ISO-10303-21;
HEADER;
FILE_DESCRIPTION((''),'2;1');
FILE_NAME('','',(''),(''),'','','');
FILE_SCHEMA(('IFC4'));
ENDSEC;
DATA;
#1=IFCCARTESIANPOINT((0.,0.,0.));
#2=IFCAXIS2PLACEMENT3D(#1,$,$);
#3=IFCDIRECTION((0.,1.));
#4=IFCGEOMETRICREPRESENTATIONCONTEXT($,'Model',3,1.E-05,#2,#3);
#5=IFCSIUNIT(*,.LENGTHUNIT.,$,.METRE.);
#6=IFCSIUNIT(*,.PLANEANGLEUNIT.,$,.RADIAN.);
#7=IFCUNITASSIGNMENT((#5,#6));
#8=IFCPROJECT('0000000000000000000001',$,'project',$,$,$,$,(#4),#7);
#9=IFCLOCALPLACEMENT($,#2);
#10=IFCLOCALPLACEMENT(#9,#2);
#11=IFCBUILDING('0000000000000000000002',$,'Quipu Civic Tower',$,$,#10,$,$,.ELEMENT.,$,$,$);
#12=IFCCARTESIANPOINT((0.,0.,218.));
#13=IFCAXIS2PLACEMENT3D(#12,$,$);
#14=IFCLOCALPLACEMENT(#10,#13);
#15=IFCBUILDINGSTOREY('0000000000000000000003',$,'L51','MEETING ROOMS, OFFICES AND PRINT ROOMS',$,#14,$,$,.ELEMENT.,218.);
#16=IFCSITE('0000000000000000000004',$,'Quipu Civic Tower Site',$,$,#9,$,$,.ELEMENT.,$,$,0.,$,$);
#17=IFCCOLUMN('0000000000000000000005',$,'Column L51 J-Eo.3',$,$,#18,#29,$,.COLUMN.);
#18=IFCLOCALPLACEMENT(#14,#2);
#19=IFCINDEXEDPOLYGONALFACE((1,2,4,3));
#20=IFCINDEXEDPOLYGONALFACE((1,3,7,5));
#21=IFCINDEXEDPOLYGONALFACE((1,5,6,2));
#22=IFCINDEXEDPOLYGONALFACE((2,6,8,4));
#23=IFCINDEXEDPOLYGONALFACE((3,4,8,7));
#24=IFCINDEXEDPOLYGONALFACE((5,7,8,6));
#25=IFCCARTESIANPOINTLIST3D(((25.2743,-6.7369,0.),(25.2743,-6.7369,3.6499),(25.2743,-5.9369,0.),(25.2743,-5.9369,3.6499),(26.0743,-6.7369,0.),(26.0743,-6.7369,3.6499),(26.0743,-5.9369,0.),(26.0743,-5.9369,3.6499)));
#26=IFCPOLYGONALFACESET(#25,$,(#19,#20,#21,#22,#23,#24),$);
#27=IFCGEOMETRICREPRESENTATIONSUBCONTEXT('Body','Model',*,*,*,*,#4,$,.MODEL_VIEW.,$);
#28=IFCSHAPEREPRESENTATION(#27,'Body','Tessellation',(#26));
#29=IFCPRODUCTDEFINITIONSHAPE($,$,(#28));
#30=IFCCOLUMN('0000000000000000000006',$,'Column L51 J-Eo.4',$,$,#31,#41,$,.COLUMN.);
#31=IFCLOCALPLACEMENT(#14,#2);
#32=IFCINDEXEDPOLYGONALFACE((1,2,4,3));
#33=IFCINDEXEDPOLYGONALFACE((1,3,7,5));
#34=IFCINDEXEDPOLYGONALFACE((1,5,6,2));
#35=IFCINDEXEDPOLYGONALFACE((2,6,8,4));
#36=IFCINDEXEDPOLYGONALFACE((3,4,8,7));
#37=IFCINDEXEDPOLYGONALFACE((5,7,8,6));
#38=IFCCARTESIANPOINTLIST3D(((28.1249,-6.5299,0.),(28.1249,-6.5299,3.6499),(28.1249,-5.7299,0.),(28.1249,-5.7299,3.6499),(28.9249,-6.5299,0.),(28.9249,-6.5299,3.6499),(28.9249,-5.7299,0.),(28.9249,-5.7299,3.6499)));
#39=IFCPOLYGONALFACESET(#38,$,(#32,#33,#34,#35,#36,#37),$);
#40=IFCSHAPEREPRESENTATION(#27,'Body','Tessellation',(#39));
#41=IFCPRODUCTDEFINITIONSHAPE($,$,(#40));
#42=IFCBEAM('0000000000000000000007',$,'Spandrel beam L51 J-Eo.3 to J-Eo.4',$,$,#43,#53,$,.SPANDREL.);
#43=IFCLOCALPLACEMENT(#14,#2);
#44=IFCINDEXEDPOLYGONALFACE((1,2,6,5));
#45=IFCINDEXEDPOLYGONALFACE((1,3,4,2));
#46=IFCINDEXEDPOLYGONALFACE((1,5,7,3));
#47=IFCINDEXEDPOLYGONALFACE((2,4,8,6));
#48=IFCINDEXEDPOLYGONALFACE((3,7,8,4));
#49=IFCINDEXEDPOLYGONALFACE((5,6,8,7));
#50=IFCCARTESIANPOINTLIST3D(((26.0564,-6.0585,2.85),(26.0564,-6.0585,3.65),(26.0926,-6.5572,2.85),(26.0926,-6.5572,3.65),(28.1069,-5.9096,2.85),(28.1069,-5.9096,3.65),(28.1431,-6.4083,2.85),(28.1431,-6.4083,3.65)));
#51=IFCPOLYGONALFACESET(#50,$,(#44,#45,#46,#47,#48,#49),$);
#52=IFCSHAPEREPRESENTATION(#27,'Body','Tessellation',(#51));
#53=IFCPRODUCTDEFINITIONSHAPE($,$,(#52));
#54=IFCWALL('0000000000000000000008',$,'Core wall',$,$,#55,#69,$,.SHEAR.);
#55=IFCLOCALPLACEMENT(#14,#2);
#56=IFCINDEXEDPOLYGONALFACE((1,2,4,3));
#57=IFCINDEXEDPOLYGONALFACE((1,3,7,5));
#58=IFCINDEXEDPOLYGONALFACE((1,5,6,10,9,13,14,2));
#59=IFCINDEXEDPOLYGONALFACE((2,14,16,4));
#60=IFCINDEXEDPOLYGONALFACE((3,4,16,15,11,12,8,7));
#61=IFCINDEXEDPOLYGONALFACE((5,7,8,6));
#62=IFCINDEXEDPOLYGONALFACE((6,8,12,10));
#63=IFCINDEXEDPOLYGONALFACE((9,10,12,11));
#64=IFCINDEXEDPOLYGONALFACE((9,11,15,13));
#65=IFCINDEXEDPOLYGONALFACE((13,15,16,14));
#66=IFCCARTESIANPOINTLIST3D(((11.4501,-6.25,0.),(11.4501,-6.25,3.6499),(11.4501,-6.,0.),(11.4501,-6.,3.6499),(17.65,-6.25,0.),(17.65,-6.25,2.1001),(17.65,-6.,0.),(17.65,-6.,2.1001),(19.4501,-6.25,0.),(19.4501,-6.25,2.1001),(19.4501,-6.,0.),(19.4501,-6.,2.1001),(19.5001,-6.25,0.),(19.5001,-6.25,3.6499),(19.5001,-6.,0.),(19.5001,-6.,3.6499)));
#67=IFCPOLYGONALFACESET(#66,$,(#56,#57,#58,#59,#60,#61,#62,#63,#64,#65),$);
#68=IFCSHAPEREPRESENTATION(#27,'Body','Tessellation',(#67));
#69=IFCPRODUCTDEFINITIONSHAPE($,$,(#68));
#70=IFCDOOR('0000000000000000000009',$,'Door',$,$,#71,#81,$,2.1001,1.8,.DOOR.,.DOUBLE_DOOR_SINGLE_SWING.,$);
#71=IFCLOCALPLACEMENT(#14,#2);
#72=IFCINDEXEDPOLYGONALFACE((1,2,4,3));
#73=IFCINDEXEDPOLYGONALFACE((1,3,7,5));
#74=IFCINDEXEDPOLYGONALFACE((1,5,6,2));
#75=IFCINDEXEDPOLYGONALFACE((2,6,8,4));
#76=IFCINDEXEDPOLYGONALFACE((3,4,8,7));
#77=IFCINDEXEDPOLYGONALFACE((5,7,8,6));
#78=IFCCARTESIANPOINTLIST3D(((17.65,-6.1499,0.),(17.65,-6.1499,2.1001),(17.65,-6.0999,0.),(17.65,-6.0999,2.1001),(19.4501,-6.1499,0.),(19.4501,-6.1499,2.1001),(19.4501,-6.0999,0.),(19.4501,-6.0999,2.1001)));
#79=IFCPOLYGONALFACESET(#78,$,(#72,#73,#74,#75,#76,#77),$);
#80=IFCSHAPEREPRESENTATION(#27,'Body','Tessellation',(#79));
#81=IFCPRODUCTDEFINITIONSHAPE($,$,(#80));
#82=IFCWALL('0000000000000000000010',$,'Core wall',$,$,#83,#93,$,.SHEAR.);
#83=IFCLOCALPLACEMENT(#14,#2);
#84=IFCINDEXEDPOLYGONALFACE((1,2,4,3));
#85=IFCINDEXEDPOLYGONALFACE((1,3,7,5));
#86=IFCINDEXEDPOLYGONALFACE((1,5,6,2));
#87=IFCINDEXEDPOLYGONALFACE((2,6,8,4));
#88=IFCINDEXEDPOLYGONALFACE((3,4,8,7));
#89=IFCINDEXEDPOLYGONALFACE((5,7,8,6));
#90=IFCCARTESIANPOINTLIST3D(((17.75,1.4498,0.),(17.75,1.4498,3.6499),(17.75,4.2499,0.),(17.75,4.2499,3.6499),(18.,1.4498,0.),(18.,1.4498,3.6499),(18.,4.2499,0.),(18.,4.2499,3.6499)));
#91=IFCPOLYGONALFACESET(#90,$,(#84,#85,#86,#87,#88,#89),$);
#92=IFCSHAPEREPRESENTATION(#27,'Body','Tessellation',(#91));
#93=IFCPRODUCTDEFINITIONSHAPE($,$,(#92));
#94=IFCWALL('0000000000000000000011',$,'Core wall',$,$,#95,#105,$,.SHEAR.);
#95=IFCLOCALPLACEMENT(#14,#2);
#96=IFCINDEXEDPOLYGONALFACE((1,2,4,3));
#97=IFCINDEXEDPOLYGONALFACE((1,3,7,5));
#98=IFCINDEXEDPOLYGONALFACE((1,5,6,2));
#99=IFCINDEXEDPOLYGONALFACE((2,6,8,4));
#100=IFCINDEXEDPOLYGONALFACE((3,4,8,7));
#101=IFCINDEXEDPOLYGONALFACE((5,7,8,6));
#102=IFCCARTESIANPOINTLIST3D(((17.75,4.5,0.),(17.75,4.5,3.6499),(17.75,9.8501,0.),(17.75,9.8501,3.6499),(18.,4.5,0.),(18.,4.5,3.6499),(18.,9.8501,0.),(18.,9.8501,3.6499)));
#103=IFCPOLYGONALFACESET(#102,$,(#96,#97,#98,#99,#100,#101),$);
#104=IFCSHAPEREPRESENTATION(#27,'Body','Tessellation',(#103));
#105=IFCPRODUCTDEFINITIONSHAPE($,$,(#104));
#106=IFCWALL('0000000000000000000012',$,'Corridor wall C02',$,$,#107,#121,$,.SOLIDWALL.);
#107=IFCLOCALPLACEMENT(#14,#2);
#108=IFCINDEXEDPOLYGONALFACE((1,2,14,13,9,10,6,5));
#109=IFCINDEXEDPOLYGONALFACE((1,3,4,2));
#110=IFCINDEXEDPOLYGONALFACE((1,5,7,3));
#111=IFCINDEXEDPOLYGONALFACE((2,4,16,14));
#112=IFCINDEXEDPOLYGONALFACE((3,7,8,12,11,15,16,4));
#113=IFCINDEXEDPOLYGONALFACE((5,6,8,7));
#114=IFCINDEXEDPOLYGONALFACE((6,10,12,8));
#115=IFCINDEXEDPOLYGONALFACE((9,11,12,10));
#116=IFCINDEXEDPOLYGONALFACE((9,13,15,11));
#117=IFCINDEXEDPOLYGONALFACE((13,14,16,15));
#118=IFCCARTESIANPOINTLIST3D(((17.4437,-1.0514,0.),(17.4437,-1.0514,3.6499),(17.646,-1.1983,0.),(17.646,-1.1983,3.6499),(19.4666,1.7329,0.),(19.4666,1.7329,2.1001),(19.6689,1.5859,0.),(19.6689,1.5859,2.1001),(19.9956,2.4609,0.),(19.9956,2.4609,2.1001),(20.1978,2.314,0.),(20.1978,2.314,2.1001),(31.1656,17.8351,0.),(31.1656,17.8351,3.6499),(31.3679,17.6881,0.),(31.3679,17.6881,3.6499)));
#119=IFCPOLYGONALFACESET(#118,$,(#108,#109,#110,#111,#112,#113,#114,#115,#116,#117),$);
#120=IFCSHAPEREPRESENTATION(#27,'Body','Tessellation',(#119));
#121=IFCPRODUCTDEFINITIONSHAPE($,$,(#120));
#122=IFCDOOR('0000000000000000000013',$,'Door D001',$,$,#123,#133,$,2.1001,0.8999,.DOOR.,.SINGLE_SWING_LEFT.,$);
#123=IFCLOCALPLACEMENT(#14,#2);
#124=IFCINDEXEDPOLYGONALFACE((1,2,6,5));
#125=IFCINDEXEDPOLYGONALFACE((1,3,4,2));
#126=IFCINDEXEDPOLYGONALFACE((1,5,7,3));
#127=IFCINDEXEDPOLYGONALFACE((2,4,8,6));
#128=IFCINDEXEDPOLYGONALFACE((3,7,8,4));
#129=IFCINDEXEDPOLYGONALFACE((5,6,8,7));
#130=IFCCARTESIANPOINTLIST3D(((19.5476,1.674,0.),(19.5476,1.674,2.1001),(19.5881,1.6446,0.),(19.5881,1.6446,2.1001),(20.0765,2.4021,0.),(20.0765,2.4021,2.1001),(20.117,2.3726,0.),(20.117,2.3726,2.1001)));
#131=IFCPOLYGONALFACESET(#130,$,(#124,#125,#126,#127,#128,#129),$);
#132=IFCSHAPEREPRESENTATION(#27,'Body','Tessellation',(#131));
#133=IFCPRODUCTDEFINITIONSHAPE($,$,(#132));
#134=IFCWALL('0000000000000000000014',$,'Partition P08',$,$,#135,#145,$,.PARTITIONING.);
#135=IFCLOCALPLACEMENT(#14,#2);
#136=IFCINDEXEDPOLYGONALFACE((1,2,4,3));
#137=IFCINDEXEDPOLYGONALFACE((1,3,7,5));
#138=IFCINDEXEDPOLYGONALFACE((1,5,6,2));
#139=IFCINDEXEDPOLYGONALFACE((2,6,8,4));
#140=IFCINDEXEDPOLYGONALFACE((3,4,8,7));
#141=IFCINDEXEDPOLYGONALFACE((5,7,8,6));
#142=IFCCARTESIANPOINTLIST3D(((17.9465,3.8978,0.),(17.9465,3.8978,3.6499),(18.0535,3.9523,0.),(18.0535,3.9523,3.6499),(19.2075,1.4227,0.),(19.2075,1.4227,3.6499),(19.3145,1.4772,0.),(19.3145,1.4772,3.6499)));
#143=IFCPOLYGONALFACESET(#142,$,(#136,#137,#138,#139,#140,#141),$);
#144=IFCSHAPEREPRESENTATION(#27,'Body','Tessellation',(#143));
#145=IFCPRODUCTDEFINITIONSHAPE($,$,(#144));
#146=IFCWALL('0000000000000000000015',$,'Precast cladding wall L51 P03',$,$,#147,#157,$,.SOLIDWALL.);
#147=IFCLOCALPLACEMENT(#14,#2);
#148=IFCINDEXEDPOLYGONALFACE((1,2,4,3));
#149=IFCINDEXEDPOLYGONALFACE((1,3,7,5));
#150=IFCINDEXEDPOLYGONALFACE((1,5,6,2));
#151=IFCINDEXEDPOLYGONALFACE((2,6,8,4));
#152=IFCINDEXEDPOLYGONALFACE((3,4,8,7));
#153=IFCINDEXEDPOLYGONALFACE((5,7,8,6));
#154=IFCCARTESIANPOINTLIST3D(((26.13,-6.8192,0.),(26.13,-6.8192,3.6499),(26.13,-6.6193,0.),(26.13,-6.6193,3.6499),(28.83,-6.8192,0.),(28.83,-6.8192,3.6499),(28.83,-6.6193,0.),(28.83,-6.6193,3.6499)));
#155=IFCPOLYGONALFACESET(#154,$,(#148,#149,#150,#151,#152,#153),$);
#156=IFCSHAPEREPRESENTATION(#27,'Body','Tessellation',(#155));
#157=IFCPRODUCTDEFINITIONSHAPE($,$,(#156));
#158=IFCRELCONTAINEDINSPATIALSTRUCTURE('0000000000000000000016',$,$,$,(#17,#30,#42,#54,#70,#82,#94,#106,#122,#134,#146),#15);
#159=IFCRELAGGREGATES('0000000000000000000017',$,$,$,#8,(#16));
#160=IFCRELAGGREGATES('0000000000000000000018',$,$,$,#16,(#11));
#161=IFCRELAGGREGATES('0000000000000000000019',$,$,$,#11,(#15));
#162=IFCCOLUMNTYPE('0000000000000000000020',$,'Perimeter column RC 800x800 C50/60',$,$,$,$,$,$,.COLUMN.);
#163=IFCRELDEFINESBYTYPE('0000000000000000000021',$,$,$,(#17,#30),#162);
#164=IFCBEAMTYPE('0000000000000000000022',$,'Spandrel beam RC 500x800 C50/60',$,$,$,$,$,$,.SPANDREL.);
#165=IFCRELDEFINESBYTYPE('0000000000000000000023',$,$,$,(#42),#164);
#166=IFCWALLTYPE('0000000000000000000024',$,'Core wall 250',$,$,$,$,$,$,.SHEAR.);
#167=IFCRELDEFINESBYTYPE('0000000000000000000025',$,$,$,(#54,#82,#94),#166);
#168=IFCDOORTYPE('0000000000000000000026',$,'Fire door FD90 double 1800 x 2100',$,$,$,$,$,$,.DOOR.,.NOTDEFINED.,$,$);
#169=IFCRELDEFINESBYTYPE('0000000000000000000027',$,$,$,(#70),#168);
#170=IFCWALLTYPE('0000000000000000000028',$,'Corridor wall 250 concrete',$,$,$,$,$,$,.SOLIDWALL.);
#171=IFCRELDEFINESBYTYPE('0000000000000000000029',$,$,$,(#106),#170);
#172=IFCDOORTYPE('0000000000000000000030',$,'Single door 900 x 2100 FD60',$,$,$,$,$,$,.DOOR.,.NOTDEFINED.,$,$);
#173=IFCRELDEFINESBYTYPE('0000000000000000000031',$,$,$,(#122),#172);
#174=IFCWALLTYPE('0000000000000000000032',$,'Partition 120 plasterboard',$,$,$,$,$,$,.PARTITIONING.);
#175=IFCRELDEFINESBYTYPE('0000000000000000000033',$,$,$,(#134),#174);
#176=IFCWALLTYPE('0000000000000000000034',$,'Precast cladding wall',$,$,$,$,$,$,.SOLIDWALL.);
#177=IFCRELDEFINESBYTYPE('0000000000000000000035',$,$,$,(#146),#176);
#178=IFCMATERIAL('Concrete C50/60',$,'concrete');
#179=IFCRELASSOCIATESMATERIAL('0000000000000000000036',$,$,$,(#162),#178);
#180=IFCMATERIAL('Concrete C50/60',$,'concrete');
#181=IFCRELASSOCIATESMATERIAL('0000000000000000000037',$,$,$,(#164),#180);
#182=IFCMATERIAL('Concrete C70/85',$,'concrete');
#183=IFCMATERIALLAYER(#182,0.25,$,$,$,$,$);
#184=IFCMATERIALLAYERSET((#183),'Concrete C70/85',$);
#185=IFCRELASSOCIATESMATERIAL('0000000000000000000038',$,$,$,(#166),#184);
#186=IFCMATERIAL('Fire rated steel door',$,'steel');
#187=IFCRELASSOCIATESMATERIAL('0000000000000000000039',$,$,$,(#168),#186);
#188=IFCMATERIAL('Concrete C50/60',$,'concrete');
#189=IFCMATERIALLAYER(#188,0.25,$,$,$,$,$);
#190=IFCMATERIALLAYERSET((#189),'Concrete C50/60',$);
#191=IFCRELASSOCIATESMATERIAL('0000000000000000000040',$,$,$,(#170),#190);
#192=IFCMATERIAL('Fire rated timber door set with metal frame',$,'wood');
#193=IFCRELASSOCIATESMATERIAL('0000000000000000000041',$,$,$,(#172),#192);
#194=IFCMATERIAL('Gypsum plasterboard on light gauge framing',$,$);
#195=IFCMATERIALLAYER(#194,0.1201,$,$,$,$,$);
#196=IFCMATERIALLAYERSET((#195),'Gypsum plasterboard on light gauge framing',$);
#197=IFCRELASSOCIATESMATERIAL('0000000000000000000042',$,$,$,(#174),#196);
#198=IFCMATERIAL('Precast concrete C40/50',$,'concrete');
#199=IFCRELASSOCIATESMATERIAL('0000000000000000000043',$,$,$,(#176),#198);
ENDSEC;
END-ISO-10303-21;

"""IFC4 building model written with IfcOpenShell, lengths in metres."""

from ifc_helpers import new_model, si_unit, direction, frame, frame_2d, origin, origin_2d, place, context, subcontext, project, spatial, rectangle, extrude, material, layer, layer_set, material_profile, profile_set, type_object, element, fill, save


model = new_model("IFC4")

# Units and contexts
model_context = context("Model", 3, precision=1e-05, world=origin(), true_north=direction((0.0, 1.0)))
body_context = subcontext(model_context, "Body", "Model", "MODEL_VIEW")
ifc_project = project(units=[si_unit("LENGTHUNIT", "METRE"), si_unit("PLANEANGLEUNIT", "RADIAN")], contexts=[model_context])

# Site, building, storey
site_placement = place(None, origin())
site = spatial("IfcSite", under=ifc_project, at=site_placement, Name="Quipu Civic Tower Site", CompositionType="ELEMENT", RefElevation=0.0)
building_placement = place(site_placement, origin())
building = spatial("IfcBuilding", under=site, at=building_placement, Name="Quipu Civic Tower", CompositionType="ELEMENT")
storey_placement = place(building_placement, frame((0.0, 0.0, 218.0)))
storey = spatial("IfcBuildingStorey", under=building, at=storey_placement, Name="L51", Description="MEETING ROOMS, OFFICES AND PRINT ROOMS", CompositionType="ELEMENT", Elevation=218.0)

# Columns
ifc_material_1 = material(Name="Concrete C50/60", Category="concrete")
ifc_material_profile_1 = material_profile(ifc_material_1, rectangle(XDim=0.8, YDim=0.8, at=origin_2d()), Name="RC800x800")
ifc_profile_set_1 = profile_set([ifc_material_profile_1], Name="Concrete C50/60")
column_type = type_object("IfcColumnType", Name="Perimeter column RC 800x800 C50/60", PredefinedType="COLUMN", material=ifc_profile_set_1)
for number, where, z_axis, x_axis, name in (
    (1, (25.6743, -6.3369, 0.0), (0.0, 0.0, 1.0), (1.0, 0.0, 0.0), "Column L51 J-Eo.3"),
    (2, (28.5249, -6.1299, 0.0), (0.0, 0.0, 1.0), (1.0, 0.0, 0.0), "Column L51 J-Eo.4"),
):
    element("IfcColumn", number, at=place(storey_placement, frame(where, z_axis=z_axis, x_axis=x_axis)), inside=storey, type_object=column_type, Name=name, PredefinedType="COLUMN", context=body_context, shape_type="SweptSolid", body=[
        extrude(rectangle(XDim=0.8, YDim=0.8, at=origin_2d()), origin(), (0.0, 0.0, 1.0), 3.6499),
    ])

# Beam
ifc_material_2 = material(Name="Concrete C50/60", Category="concrete")
ifc_material_profile_2 = material_profile(ifc_material_2, rectangle(XDim=0.5, YDim=0.8, at=origin_2d()), Name="RC500x800")
ifc_profile_set_2 = profile_set([ifc_material_profile_2], Name="Concrete C50/60")
beam_type = type_object("IfcBeamType", Name="Spandrel beam RC 500x800 C50/60", PredefinedType="SPANDREL", material=ifc_profile_set_2)
beam_placement = place(storey_placement, frame((26.0745, -6.3079, 3.25), z_axis=(0.997373, 0.072437, 0.0), x_axis=(-0.072437, 0.997373, 0.0)))
element("IfcBeam", 3, at=beam_placement, inside=storey, type_object=beam_type, Name="Spandrel beam L51 J-Eo.3 to J-Eo.4", PredefinedType="SPANDREL", context=body_context, shape_type="SweptSolid", body=[
    extrude(rectangle(XDim=0.5, YDim=0.8, at=origin_2d()), origin(), (0.0, 0.0, 1.0), 2.0559),
])

# Wall, opening, door
ifc_material_3 = material(Name="Concrete C70/85", Category="concrete")
ifc_layer_1 = layer(ifc_material_3, 0.25)
ifc_layer_set_1 = layer_set([ifc_layer_1], Name="Concrete C70/85")
wall_type_1 = type_object("IfcWallType", Name="Core wall 250", PredefinedType="SHEAR", material=ifc_layer_set_1)
wall_1_placement = place(storey_placement, frame((19.5, -6.125, 0.0), z_axis=(0.0, 0.0, 1.0), x_axis=(-1.0, 0.0, 0.0)))
wall_1 = element("IfcWall", 4, at=wall_1_placement, inside=storey, type_object=wall_type_1, Name="Core wall", PredefinedType="SHEAR", context=body_context, shape_type="SweptSolid", body=[
    extrude(rectangle(XDim=8.05, YDim=0.25, at=frame_2d((4.0249, 0.0))), origin(), (0.0, 0.0, 1.0), 3.6499),
])
opening_1_placement = place(wall_1_placement, frame((0.05, 0.0, 0.0)))
opening_1 = element("IfcOpeningElement", 5, at=opening_1_placement, cuts=wall_1, PredefinedType="OPENING", context=body_context, shape_type="SweptSolid", body=[
    extrude(rectangle(XDim=1.8, YDim=2.1001, at=frame_2d((0.8999, 1.05))), frame((0.0, 0.135, 0.0), z_axis=(0.0, -1.0, 0.0), x_axis=(1.0, 0.0, 0.0)), (0.0, 0.0, 1.0), 0.27),
])
ifc_material_4 = material(Name="Fire rated steel door", Category="steel")
door_type_1 = type_object("IfcDoorType", Name="Fire door FD90 double 1800 x 2100", OperationType="NOTDEFINED", PredefinedType="DOOR", material=ifc_material_4)
door_1_placement = place(opening_1_placement, origin())
door_1 = element("IfcDoor", 6, at=door_1_placement, inside=storey, type_object=door_type_1, Name="Door", OperationType="DOUBLE_DOOR_SINGLE_SWING", OverallHeight=2.1001, OverallWidth=1.8, PredefinedType="DOOR", context=body_context, shape_type="SweptSolid", body=[
    extrude(rectangle(XDim=1.8, YDim=2.1001, at=frame_2d((0.8999, 1.05))), frame((0.0, 0.0249, 0.0), z_axis=(0.0, -1.0, 0.0), x_axis=(1.0, 0.0, 0.0)), (0.0, 0.0, 1.0), 0.05),
])
fill(opening_1, door_1)

# Walls
wall_2_placement = place(storey_placement, frame((17.875, 1.45, 0.0), z_axis=(0.0, 0.0, 1.0), x_axis=(0.0, 1.0, 0.0)))
element("IfcWall", 7, at=wall_2_placement, inside=storey, type_object=wall_type_1, Name="Core wall", PredefinedType="SHEAR", context=body_context, shape_type="SweptSolid", body=[
    extrude(rectangle(XDim=2.8, YDim=0.25, at=frame_2d((1.3999, 0.0))), origin(), (0.0, 0.0, 1.0), 3.6499),
])
wall_3_placement = place(storey_placement, frame((17.875, 4.5, 0.0), z_axis=(0.0, 0.0, 1.0), x_axis=(0.0, 1.0, 0.0)))
element("IfcWall", 8, at=wall_3_placement, inside=storey, type_object=wall_type_1, Name="Core wall", PredefinedType="SHEAR", context=body_context, shape_type="SweptSolid", body=[
    extrude(rectangle(XDim=5.3501, YDim=0.25, at=frame_2d((2.675, 0.0))), origin(), (0.0, 0.0, 1.0), 3.6499),
])

# Wall, opening, door
ifc_material_5 = material(Name="Concrete C50/60", Category="concrete")
ifc_layer_2 = layer(ifc_material_5, 0.25)
ifc_layer_set_2 = layer_set([ifc_layer_2], Name="Concrete C50/60")
wall_type_2 = type_object("IfcWallType", Name="Corridor wall 250 concrete", PredefinedType="SOLIDWALL", material=ifc_layer_set_2)
wall_4_placement = place(storey_placement, frame((17.5449, -1.1248, 0.0), z_axis=(0.0, 0.0, 1.0), x_axis=(0.587788, 0.809015, 0.0)))
wall_4 = element("IfcWall", 9, at=wall_4_placement, inside=storey, type_object=wall_type_2, Name="Corridor wall C02", PredefinedType="SOLIDWALL", context=body_context, shape_type="SweptSolid", body=[
    extrude(rectangle(XDim=23.345, YDim=0.25, at=frame_2d((11.6724, 0.0))), origin(), (0.0, 0.0, 1.0), 3.6499),
])
opening_2_placement = place(wall_4_placement, frame((3.4414, 0.0, 0.0)))
opening_2 = element("IfcOpeningElement", 10, at=opening_2_placement, cuts=wall_4, PredefinedType="OPENING", context=body_context, shape_type="SweptSolid", body=[
    extrude(rectangle(XDim=0.8999, YDim=2.1001, at=frame_2d((0.45, 1.05))), frame((0.0, 0.135, 0.0), z_axis=(0.0, -1.0, 0.0), x_axis=(1.0, 0.0, 0.0)), (0.0, 0.0, 1.0), 0.27),
])
ifc_material_6 = material(Name="Fire rated timber door set with metal frame", Category="wood")
door_type_2 = type_object("IfcDoorType", Name="Single door 900 x 2100 FD60", OperationType="NOTDEFINED", PredefinedType="DOOR", material=ifc_material_6)
door_2_placement = place(opening_2_placement, origin())
door_2 = element("IfcDoor", 11, at=door_2_placement, inside=storey, type_object=door_type_2, Name="Door D001", OperationType="SINGLE_SWING_LEFT", OverallHeight=2.1001, OverallWidth=0.8999, PredefinedType="DOOR", context=body_context, shape_type="SweptSolid", body=[
    extrude(rectangle(XDim=0.8999, YDim=2.1001, at=frame_2d((0.45, 1.05))), frame((0.0, 0.0249, 0.0), z_axis=(0.0, -1.0, 0.0), x_axis=(1.0, 0.0, 0.0)), (0.0, 0.0, 1.0), 0.05),
])
fill(opening_2, door_2)

# Walls
ifc_material_7 = material(Name="Gypsum plasterboard on light gauge framing")
ifc_layer_3 = layer(ifc_material_7, 0.1201)
ifc_layer_set_3 = layer_set([ifc_layer_3], Name="Gypsum plasterboard on light gauge framing")
wall_type_3 = type_object("IfcWallType", Name="Partition 120 plasterboard", PredefinedType="PARTITIONING", material=ifc_layer_set_3)
wall_5_placement = place(storey_placement, frame((18.0, 3.925, 0.0), z_axis=(0.0, 0.0, 1.0), x_axis=(0.453951, -0.891027, 0.0)))
element("IfcWall", 12, at=wall_5_placement, inside=storey, type_object=wall_type_3, Name="Partition P08", PredefinedType="PARTITIONING", context=body_context, shape_type="SweptSolid", body=[
    extrude(rectangle(XDim=2.7778, YDim=0.1201, at=frame_2d((1.3889, 0.0))), origin(), (0.0, 0.0, 1.0), 3.6499),
])
ifc_material_8 = material(Name="Precast concrete C40/50", Category="concrete")
wall_type_4 = type_object("IfcWallType", Name="Precast cladding wall", PredefinedType="SOLIDWALL", material=ifc_material_8)
wall_6_placement = place(storey_placement, frame((26.1299, -6.7192, 0.0), z_axis=(0.0, 0.0, 1.0), x_axis=(1.0, 0.0, 0.0)))
element("IfcWall", 13, at=wall_6_placement, inside=storey, type_object=wall_type_4, Name="Precast cladding wall L51 P03", PredefinedType="SOLIDWALL", context=body_context, shape_type="SweptSolid", body=[
    extrude(rectangle(XDim=2.7, YDim=0.2, at=frame_2d((1.3501, 0.0))), origin(), (0.0, 0.0, 1.0), 3.6499),
])

save(model, "model.ifc")
